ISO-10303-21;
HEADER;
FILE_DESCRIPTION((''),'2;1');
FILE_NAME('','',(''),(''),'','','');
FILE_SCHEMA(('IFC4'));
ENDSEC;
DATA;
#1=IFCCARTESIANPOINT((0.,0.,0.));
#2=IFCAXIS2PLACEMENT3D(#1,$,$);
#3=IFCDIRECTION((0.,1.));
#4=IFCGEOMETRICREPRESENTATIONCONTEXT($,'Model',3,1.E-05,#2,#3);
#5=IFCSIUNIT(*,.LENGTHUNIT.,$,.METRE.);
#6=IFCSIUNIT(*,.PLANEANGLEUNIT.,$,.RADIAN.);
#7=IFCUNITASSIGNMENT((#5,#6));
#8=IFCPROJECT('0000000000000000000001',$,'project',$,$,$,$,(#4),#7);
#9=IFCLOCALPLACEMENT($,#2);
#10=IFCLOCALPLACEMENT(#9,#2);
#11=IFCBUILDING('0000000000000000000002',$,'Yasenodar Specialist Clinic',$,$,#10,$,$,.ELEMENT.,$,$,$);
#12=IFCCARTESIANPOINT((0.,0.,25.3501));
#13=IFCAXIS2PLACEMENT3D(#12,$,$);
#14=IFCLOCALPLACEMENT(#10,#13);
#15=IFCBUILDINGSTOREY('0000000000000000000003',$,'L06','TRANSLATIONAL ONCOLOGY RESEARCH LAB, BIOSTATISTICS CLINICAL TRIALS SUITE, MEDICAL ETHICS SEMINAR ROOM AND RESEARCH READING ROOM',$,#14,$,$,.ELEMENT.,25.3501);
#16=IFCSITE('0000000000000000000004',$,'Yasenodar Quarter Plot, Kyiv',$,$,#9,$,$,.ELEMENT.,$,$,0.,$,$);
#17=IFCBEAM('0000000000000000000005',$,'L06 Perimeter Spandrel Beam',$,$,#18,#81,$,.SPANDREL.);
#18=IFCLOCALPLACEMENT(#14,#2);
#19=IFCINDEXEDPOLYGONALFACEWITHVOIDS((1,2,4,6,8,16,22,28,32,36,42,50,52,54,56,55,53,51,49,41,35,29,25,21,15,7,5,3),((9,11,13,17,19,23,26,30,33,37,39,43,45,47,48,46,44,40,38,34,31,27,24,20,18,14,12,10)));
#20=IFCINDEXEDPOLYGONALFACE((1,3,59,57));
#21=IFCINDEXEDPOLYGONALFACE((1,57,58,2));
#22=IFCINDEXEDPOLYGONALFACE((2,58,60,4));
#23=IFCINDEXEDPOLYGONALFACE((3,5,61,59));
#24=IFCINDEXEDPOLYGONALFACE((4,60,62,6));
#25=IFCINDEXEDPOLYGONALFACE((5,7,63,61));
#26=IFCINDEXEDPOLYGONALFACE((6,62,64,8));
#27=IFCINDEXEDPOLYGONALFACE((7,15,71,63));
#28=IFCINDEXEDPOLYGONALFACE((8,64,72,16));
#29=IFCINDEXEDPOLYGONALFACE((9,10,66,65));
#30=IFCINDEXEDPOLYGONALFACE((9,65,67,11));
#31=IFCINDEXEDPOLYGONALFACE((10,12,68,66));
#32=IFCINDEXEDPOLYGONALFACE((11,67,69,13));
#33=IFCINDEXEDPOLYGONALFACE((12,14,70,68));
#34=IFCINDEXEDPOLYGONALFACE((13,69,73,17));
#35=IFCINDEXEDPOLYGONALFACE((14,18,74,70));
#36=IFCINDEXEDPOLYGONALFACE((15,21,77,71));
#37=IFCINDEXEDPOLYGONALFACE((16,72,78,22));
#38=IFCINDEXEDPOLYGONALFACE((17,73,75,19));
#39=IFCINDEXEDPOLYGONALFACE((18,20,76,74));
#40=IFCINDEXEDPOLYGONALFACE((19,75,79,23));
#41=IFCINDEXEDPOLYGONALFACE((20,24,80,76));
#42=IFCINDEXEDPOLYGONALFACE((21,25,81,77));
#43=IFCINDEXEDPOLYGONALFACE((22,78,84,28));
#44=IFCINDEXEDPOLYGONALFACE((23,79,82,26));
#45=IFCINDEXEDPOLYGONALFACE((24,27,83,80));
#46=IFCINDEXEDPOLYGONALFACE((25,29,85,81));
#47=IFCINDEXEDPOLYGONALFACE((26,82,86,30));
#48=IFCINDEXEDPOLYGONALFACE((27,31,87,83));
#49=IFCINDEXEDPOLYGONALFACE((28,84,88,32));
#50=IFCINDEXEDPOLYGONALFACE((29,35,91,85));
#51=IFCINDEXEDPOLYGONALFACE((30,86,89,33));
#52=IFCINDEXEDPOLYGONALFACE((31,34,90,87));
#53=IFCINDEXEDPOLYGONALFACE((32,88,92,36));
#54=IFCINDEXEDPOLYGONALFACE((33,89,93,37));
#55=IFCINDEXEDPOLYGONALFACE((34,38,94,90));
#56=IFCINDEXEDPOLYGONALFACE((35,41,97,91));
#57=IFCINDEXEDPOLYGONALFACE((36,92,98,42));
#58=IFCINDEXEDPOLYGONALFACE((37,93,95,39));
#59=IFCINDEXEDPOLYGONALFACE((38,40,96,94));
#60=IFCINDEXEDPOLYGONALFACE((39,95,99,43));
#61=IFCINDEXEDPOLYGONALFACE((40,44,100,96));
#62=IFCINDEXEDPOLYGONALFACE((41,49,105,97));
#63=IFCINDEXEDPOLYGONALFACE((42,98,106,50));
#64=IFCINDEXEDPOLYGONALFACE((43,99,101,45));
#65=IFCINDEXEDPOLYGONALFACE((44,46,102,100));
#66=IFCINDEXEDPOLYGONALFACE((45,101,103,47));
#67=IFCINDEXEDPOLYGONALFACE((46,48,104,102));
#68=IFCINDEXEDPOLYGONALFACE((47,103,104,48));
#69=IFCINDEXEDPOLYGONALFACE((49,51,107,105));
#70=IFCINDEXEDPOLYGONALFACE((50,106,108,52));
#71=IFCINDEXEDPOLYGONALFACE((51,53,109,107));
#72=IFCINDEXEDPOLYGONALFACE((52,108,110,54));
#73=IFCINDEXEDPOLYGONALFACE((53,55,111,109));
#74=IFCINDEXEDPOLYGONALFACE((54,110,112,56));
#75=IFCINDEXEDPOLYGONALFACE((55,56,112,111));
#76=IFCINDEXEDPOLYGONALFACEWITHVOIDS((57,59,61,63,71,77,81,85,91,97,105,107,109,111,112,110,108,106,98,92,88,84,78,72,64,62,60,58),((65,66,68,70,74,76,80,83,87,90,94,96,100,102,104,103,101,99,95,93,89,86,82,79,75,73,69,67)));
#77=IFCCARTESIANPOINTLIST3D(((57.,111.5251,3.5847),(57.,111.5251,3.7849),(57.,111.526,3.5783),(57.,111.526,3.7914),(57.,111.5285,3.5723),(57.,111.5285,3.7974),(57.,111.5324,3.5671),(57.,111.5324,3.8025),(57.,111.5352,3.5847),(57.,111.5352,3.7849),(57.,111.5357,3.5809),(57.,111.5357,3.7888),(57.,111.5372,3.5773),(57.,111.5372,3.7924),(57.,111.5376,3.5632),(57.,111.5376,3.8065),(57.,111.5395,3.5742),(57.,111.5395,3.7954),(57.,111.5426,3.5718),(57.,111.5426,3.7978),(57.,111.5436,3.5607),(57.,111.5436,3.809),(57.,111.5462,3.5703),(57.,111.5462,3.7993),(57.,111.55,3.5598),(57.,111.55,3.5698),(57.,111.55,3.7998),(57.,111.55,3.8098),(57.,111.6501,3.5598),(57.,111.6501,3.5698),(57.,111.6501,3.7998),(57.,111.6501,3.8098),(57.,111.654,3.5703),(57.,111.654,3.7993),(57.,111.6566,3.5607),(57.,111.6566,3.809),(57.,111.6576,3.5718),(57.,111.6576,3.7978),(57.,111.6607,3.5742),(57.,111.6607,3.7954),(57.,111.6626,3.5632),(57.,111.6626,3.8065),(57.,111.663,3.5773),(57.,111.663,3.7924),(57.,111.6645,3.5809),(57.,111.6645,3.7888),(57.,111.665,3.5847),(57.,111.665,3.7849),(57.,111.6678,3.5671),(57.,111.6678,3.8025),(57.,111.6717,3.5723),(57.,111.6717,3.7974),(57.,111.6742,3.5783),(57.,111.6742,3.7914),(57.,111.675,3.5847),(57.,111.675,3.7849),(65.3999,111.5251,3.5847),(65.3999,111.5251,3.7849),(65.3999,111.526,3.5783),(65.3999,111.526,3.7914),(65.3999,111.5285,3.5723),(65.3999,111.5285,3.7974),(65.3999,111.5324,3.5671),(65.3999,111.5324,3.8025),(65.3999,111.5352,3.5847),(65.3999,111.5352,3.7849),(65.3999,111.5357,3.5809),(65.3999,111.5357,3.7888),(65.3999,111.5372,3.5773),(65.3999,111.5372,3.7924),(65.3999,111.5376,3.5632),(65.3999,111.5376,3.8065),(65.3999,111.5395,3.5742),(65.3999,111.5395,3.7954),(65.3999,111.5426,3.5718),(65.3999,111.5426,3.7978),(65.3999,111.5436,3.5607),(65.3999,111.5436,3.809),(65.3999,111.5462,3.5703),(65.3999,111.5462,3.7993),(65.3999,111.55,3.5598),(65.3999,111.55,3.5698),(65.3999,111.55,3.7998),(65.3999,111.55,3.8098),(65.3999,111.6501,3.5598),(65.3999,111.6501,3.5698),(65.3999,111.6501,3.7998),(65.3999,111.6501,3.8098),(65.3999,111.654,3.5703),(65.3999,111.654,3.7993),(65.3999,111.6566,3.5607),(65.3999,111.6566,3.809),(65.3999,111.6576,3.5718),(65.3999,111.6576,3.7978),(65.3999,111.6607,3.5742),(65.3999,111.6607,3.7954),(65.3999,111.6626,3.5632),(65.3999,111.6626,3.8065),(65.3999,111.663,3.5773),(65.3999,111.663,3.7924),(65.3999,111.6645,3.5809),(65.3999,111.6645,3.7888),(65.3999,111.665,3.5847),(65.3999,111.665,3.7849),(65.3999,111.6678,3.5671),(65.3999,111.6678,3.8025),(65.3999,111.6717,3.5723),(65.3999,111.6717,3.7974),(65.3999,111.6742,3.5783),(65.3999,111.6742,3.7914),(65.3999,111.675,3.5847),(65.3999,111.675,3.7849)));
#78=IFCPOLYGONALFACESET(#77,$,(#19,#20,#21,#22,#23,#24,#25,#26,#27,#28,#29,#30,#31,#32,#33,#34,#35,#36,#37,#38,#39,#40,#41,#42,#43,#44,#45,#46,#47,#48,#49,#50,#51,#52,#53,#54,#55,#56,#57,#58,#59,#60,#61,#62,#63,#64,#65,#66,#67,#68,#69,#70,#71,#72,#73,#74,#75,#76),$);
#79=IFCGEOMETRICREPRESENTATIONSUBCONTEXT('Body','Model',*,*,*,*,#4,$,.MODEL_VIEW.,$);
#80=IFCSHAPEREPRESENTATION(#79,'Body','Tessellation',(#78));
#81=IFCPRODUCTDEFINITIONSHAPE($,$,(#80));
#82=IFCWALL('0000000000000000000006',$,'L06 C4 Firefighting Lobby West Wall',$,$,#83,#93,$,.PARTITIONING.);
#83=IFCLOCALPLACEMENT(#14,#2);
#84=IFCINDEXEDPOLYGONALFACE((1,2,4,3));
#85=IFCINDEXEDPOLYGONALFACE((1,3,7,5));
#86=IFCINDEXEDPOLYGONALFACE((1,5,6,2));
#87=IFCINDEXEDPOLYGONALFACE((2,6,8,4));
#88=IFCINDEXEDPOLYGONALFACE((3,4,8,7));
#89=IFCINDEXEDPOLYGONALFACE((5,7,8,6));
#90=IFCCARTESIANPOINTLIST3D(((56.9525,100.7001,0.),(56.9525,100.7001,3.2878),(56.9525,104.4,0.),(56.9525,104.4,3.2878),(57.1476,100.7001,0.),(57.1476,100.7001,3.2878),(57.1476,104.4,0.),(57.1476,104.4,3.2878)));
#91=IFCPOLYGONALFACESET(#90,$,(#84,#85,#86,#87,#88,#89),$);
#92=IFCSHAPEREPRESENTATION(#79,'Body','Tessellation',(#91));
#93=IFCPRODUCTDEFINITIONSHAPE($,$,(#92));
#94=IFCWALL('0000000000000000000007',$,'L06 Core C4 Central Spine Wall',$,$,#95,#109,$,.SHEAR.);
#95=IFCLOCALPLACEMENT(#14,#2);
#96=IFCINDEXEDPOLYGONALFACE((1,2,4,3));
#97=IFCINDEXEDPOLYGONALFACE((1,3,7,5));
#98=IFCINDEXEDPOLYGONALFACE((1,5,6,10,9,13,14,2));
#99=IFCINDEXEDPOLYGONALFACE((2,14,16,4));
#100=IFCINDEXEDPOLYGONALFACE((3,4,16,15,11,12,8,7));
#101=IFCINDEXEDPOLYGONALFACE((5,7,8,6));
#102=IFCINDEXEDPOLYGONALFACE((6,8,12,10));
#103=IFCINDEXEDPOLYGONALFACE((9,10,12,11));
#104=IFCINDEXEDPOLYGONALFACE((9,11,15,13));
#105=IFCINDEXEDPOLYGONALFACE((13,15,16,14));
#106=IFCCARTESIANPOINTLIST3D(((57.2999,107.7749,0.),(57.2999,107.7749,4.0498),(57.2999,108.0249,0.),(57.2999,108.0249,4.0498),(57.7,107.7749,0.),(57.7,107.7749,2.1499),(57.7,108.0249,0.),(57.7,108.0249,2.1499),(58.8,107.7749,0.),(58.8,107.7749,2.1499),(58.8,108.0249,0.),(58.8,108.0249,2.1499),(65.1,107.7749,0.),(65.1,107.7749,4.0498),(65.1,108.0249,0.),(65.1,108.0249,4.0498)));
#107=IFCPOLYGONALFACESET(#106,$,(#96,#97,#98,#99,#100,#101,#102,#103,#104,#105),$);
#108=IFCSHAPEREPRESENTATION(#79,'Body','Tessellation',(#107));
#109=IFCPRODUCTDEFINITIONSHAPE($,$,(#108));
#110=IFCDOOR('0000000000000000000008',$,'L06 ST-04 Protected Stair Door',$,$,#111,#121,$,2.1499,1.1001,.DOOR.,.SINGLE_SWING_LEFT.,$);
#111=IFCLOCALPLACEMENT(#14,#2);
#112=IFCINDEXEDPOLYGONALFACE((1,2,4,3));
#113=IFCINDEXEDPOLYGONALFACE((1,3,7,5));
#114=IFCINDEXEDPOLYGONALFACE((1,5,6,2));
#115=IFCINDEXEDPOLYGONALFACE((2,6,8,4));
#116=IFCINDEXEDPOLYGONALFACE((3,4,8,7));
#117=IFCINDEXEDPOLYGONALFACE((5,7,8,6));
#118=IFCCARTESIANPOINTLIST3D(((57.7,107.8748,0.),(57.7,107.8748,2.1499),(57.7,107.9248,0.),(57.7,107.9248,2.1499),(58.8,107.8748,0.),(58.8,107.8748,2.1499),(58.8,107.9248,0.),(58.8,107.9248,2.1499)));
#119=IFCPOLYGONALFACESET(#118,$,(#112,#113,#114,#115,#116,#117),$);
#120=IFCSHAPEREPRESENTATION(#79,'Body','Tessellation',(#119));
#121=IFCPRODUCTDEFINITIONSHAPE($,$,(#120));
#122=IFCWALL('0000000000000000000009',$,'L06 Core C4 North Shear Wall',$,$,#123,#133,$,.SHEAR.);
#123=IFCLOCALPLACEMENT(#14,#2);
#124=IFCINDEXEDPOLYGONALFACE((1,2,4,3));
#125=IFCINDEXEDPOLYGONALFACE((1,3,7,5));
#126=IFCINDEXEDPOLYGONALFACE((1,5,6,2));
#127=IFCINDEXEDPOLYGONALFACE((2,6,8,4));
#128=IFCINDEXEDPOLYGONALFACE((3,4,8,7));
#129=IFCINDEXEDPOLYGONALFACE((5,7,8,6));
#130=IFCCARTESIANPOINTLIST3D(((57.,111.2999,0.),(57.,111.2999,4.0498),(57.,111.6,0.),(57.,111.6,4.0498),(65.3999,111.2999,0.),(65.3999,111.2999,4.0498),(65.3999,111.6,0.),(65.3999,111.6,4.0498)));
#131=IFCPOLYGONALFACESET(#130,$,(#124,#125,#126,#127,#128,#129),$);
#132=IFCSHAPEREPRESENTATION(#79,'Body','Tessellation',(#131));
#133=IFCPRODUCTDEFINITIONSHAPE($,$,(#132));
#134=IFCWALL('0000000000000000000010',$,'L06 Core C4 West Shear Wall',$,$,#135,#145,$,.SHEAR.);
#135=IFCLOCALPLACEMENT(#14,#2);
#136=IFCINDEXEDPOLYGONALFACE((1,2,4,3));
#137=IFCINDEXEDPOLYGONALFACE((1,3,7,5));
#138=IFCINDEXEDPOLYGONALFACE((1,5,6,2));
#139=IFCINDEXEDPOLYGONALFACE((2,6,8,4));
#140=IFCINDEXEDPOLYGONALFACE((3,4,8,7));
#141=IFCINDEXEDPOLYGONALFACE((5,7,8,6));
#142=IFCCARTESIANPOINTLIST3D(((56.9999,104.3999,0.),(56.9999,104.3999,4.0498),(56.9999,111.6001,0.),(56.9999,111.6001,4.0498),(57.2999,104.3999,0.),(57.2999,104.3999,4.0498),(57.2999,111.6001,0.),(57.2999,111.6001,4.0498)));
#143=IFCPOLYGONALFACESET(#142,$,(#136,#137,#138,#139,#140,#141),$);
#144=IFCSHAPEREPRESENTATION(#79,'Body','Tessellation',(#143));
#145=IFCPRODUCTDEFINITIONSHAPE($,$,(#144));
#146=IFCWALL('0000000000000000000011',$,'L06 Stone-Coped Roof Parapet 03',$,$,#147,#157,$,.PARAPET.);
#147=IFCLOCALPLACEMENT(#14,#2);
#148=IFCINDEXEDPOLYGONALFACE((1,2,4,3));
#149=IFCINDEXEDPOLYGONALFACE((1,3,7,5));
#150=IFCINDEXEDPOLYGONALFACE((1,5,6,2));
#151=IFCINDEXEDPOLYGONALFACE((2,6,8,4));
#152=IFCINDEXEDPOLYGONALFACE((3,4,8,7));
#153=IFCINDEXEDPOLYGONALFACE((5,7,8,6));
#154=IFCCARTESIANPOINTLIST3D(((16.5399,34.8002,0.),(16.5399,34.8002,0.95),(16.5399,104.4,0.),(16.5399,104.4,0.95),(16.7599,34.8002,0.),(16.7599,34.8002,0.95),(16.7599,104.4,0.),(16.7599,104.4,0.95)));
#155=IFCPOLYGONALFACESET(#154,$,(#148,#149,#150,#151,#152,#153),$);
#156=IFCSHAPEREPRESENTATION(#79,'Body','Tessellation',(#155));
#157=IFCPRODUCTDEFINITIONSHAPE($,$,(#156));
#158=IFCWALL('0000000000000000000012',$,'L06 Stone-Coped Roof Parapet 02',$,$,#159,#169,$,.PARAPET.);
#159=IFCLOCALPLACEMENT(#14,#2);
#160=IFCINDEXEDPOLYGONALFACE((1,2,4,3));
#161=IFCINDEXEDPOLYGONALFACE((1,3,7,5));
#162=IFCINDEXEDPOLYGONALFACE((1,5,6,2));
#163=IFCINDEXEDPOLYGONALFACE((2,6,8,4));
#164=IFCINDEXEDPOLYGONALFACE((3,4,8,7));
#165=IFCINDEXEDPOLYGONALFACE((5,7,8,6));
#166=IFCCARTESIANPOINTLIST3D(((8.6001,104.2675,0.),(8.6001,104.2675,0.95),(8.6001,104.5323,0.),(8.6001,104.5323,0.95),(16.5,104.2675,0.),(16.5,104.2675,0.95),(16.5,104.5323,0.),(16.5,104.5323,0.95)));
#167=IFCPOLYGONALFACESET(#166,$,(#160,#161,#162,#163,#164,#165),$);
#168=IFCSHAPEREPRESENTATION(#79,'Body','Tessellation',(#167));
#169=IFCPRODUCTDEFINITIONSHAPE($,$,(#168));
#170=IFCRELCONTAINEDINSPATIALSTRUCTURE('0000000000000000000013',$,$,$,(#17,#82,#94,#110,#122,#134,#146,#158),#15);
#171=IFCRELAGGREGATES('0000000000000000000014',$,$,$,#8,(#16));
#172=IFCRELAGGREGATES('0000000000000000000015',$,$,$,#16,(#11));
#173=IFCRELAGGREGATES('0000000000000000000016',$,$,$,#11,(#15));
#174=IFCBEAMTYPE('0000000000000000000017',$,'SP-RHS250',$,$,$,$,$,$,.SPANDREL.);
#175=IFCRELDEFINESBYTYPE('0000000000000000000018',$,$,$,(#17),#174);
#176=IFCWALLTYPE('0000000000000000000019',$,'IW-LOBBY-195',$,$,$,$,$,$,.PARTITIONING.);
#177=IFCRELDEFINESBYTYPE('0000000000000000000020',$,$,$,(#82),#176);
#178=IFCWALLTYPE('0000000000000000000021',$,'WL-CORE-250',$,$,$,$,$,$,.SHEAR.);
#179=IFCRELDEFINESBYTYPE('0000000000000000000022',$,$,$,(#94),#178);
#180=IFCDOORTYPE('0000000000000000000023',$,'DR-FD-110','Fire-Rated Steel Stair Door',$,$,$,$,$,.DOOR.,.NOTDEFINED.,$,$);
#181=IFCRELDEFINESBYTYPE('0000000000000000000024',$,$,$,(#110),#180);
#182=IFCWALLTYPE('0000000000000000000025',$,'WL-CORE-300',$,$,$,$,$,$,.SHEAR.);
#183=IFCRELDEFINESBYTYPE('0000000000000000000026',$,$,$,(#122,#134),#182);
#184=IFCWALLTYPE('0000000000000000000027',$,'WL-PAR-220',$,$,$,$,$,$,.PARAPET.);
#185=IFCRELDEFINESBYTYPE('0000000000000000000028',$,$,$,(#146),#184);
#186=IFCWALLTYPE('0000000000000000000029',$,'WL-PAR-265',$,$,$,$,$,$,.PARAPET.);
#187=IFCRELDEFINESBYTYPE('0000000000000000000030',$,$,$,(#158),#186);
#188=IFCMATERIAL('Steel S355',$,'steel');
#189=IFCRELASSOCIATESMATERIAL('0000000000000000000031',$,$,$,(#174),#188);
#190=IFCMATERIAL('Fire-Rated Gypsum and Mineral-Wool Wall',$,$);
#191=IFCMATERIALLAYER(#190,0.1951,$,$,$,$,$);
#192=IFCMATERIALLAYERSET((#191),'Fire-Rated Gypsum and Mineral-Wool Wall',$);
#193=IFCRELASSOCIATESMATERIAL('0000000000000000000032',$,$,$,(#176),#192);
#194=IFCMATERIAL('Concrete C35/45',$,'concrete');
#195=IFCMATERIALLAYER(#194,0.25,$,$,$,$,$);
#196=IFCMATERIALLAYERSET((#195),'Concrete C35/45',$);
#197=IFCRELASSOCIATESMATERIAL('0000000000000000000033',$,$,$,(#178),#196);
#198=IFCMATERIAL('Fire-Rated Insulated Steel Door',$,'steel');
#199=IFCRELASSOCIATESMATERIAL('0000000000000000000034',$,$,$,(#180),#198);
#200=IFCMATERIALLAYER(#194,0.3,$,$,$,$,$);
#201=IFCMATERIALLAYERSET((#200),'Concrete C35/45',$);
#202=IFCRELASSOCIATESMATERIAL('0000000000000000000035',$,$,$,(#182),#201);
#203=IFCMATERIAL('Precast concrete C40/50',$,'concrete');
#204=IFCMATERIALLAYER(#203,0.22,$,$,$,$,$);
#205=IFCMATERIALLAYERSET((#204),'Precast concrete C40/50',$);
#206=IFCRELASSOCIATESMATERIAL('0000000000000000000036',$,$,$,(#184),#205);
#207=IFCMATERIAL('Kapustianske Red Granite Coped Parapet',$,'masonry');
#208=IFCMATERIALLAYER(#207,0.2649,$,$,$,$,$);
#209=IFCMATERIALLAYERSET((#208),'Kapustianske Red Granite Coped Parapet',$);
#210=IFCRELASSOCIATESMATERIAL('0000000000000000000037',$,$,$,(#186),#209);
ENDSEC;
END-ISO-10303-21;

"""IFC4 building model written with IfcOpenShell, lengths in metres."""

from ifc_helpers import new_model, si_unit, direction, frame, frame_2d, origin, origin_2d, place, context, subcontext, project, spatial, rectangle, hollow_rectangle, extrude, material, layer, layer_set, material_profile, profile_set, type_object, element, fill, save


model = new_model("IFC4")

# Units and contexts
model_context = context("Model", 3, precision=1e-05, world=origin(), true_north=direction((0.0, 1.0)))
body_context = subcontext(model_context, "Body", "Model", "MODEL_VIEW")
ifc_project = project(units=[si_unit("LENGTHUNIT", "METRE"), si_unit("PLANEANGLEUNIT", "RADIAN")], contexts=[model_context])

# Site, building, storey
site_placement = place(None, origin())
site = spatial("IfcSite", under=ifc_project, at=site_placement, Name="Yasenodar Quarter Plot, Kyiv", CompositionType="ELEMENT", RefElevation=0.0)
building_placement = place(site_placement, origin())
building = spatial("IfcBuilding", under=site, at=building_placement, Name="Yasenodar Specialist Clinic", CompositionType="ELEMENT")
storey_placement = place(building_placement, frame((0.0, 0.0, 25.3501)))
storey = spatial("IfcBuildingStorey", under=building, at=storey_placement, Name="L06", Description="TRANSLATIONAL ONCOLOGY RESEARCH LAB, BIOSTATISTICS CLINICAL TRIALS SUITE, MEDICAL ETHICS SEMINAR ROOM AND RESEARCH READING ROOM", CompositionType="ELEMENT", Elevation=25.3501)

# Shared definitions
ifc_material_1 = material(Name="Steel S355", Category="steel")

# Beam
ifc_material_profile_1 = material_profile(ifc_material_1, hollow_rectangle(XDim=0.1499, YDim=0.25, WallThickness=0.01, InnerFilletRadius=0.0149, OuterFilletRadius=0.0249, at=origin_2d()), Name="RHS 250x150x10")
ifc_profile_set_1 = profile_set([ifc_material_profile_1], Name="Steel S355")
beam_type_1 = type_object("IfcBeamType", Name="SP-RHS250", PredefinedType="SPANDREL", material=ifc_profile_set_1)
beam_1_placement = place(storey_placement, frame((57.0, 111.6001, 3.6848), z_axis=(1.0, 0.0, 0.0), x_axis=(0.0, 1.0, 0.0)))
element("IfcBeam", 1, at=beam_1_placement, inside=storey, type_object=beam_type_1, Name="L06 Perimeter Spandrel Beam", PredefinedType="SPANDREL", context=body_context, shape_type="SweptSolid", body=[
    extrude(hollow_rectangle(XDim=0.1499, YDim=0.25, WallThickness=0.01, InnerFilletRadius=0.0149, OuterFilletRadius=0.0249, at=origin_2d()), origin(), (0.0, 0.0, 1.0), 8.3999),
])

# Shared definitions
ifc_material_2 = material(Name="Fire-Rated Gypsum and Mineral-Wool Wall")
ifc_layer_1 = layer(ifc_material_2, 0.1951)
ifc_layer_set_1 = layer_set([ifc_layer_1], Name="Fire-Rated Gypsum and Mineral-Wool Wall")
wall_type_1 = type_object("IfcWallType", Name="IW-LOBBY-195", PredefinedType="PARTITIONING", material=ifc_layer_set_1)
ifc_material_3 = material(Name="Fire-Rated Insulated Steel Door", Category="steel")

# Wall
wall_1_placement = place(storey_placement, frame((57.05, 100.7, 0.0), z_axis=(0.0, 0.0, 1.0), x_axis=(0.0, 1.0, 0.0)))
element("IfcWall", 2, at=wall_1_placement, inside=storey, type_object=wall_type_1, Name="L06 C4 Firefighting Lobby West Wall", PredefinedType="PARTITIONING", context=body_context, shape_type="SweptSolid", body=[
    extrude(rectangle(XDim=3.7, YDim=0.1951, at=frame_2d((1.8501, 0.0))), origin(), (0.0, 0.0, 1.0), 3.2878),
])

# Wall, opening, door
ifc_material_4 = material(Name="Concrete C35/45", Category="concrete")
ifc_layer_2 = layer(ifc_material_4, 0.25)
ifc_layer_set_2 = layer_set([ifc_layer_2], Name="Concrete C35/45")
wall_type_2 = type_object("IfcWallType", Name="WL-CORE-250", PredefinedType="SHEAR", material=ifc_layer_set_2)
wall_2_placement = place(storey_placement, frame((57.3, 107.8999, 0.0), z_axis=(0.0, 0.0, 1.0), x_axis=(1.0, 0.0, 0.0)))
wall_2 = element("IfcWall", 3, at=wall_2_placement, inside=storey, type_object=wall_type_2, Name="L06 Core C4 Central Spine Wall", PredefinedType="SHEAR", context=body_context, shape_type="SweptSolid", body=[
    extrude(rectangle(XDim=7.8, YDim=0.25, at=frame_2d((3.8999, 0.0))), origin(), (0.0, 0.0, 1.0), 4.0498),
])
opening_1_placement = place(wall_2_placement, frame((0.3999, 0.0, 0.0)))
opening_1 = element("IfcOpeningElement", 4, at=opening_1_placement, cuts=wall_2, PredefinedType="OPENING", context=body_context, shape_type="SweptSolid", body=[
    extrude(rectangle(XDim=1.1001, YDim=2.1499, at=frame_2d((0.55, 1.075))), frame((0.0, 0.135, 0.0), z_axis=(0.0, -1.0, 0.0), x_axis=(1.0, 0.0, 0.0)), (0.0, 0.0, 1.0), 0.27),
])
door_type_1 = type_object("IfcDoorType", Name="DR-FD-110", Description="Fire-Rated Steel Stair Door", OperationType="NOTDEFINED", PredefinedType="DOOR", material=ifc_material_3)
door_1_placement = place(opening_1_placement, origin())
door_1 = element("IfcDoor", 5, at=door_1_placement, inside=storey, type_object=door_type_1, Name="L06 ST-04 Protected Stair Door", OperationType="SINGLE_SWING_LEFT", OverallHeight=2.1499, OverallWidth=1.1001, PredefinedType="DOOR", context=body_context, shape_type="SweptSolid", body=[
    extrude(rectangle(XDim=1.1001, YDim=2.1499, at=frame_2d((0.55, 1.075))), frame((0.0, 0.0249, 0.0), z_axis=(0.0, -1.0, 0.0), x_axis=(1.0, 0.0, 0.0)), (0.0, 0.0, 1.0), 0.05),
])
fill(opening_1, door_1)

# Wall
ifc_layer_3 = layer(ifc_material_4, 0.3)
ifc_layer_set_3 = layer_set([ifc_layer_3], Name="Concrete C35/45")
wall_type_3 = type_object("IfcWallType", Name="WL-CORE-300", PredefinedType="SHEAR", material=ifc_layer_set_3)
wall_3_placement = place(storey_placement, frame((57.0, 111.45, 0.0), z_axis=(0.0, 0.0, 1.0), x_axis=(1.0, 0.0, 0.0)))
element("IfcWall", 6, at=wall_3_placement, inside=storey, type_object=wall_type_3, Name="L06 Core C4 North Shear Wall", PredefinedType="SHEAR", context=body_context, shape_type="SweptSolid", body=[
    extrude(rectangle(XDim=8.3999, YDim=0.3, at=frame_2d((4.2, 0.0))), origin(), (0.0, 0.0, 1.0), 4.0498),
])

# Walls
wall_4_placement = place(storey_placement, frame((57.1499, 104.3999, 0.0), z_axis=(0.0, 0.0, 1.0), x_axis=(0.0, 1.0, 0.0)))
element("IfcWall", 7, at=wall_4_placement, inside=storey, type_object=wall_type_3, Name="L06 Core C4 West Shear Wall", PredefinedType="SHEAR", context=body_context, shape_type="SweptSolid", body=[
    extrude(rectangle(XDim=7.2002, YDim=0.3, at=frame_2d((3.6001, 0.0))), origin(), (0.0, 0.0, 1.0), 4.0498),
])
ifc_material_5 = material(Name="Precast concrete C40/50", Category="concrete")
ifc_layer_4 = layer(ifc_material_5, 0.22)
ifc_layer_set_4 = layer_set([ifc_layer_4], Name="Precast concrete C40/50")
wall_type_4 = type_object("IfcWallType", Name="WL-PAR-220", PredefinedType="PARAPET", material=ifc_layer_set_4)
wall_5_placement = place(storey_placement, frame((16.6499, 104.3999, 0.0), z_axis=(0.0, 0.0, 1.0), x_axis=(0.0, -1.0, 0.0)))
element("IfcWall", 8, at=wall_5_placement, inside=storey, type_object=wall_type_4, Name="L06 Stone-Coped Roof Parapet 03", PredefinedType="PARAPET", context=body_context, shape_type="SweptSolid", body=[
    extrude(rectangle(XDim=69.5999, YDim=0.22, at=frame_2d((34.7998, 0.0))), origin(), (0.0, 0.0, 1.0), 0.95),
])
ifc_material_6 = material(Name="Kapustianske Red Granite Coped Parapet", Category="masonry")
ifc_layer_5 = layer(ifc_material_6, 0.2649)
ifc_layer_set_5 = layer_set([ifc_layer_5], Name="Kapustianske Red Granite Coped Parapet")
wall_type_5 = type_object("IfcWallType", Name="WL-PAR-265", PredefinedType="PARAPET", material=ifc_layer_set_5)
wall_6_placement = place(storey_placement, frame((8.6001, 104.3999, 0.0), z_axis=(0.0, 0.0, 1.0), x_axis=(1.0, 0.0, 0.0)))
element("IfcWall", 9, at=wall_6_placement, inside=storey, type_object=wall_type_5, Name="L06 Stone-Coped Roof Parapet 02", PredefinedType="PARAPET", context=body_context, shape_type="SweptSolid", body=[
    extrude(rectangle(XDim=7.8999, YDim=0.2649, at=frame_2d((3.95, 0.0))), origin(), (0.0, 0.0, 1.0), 0.95),
])

save(model, "model.ifc")
